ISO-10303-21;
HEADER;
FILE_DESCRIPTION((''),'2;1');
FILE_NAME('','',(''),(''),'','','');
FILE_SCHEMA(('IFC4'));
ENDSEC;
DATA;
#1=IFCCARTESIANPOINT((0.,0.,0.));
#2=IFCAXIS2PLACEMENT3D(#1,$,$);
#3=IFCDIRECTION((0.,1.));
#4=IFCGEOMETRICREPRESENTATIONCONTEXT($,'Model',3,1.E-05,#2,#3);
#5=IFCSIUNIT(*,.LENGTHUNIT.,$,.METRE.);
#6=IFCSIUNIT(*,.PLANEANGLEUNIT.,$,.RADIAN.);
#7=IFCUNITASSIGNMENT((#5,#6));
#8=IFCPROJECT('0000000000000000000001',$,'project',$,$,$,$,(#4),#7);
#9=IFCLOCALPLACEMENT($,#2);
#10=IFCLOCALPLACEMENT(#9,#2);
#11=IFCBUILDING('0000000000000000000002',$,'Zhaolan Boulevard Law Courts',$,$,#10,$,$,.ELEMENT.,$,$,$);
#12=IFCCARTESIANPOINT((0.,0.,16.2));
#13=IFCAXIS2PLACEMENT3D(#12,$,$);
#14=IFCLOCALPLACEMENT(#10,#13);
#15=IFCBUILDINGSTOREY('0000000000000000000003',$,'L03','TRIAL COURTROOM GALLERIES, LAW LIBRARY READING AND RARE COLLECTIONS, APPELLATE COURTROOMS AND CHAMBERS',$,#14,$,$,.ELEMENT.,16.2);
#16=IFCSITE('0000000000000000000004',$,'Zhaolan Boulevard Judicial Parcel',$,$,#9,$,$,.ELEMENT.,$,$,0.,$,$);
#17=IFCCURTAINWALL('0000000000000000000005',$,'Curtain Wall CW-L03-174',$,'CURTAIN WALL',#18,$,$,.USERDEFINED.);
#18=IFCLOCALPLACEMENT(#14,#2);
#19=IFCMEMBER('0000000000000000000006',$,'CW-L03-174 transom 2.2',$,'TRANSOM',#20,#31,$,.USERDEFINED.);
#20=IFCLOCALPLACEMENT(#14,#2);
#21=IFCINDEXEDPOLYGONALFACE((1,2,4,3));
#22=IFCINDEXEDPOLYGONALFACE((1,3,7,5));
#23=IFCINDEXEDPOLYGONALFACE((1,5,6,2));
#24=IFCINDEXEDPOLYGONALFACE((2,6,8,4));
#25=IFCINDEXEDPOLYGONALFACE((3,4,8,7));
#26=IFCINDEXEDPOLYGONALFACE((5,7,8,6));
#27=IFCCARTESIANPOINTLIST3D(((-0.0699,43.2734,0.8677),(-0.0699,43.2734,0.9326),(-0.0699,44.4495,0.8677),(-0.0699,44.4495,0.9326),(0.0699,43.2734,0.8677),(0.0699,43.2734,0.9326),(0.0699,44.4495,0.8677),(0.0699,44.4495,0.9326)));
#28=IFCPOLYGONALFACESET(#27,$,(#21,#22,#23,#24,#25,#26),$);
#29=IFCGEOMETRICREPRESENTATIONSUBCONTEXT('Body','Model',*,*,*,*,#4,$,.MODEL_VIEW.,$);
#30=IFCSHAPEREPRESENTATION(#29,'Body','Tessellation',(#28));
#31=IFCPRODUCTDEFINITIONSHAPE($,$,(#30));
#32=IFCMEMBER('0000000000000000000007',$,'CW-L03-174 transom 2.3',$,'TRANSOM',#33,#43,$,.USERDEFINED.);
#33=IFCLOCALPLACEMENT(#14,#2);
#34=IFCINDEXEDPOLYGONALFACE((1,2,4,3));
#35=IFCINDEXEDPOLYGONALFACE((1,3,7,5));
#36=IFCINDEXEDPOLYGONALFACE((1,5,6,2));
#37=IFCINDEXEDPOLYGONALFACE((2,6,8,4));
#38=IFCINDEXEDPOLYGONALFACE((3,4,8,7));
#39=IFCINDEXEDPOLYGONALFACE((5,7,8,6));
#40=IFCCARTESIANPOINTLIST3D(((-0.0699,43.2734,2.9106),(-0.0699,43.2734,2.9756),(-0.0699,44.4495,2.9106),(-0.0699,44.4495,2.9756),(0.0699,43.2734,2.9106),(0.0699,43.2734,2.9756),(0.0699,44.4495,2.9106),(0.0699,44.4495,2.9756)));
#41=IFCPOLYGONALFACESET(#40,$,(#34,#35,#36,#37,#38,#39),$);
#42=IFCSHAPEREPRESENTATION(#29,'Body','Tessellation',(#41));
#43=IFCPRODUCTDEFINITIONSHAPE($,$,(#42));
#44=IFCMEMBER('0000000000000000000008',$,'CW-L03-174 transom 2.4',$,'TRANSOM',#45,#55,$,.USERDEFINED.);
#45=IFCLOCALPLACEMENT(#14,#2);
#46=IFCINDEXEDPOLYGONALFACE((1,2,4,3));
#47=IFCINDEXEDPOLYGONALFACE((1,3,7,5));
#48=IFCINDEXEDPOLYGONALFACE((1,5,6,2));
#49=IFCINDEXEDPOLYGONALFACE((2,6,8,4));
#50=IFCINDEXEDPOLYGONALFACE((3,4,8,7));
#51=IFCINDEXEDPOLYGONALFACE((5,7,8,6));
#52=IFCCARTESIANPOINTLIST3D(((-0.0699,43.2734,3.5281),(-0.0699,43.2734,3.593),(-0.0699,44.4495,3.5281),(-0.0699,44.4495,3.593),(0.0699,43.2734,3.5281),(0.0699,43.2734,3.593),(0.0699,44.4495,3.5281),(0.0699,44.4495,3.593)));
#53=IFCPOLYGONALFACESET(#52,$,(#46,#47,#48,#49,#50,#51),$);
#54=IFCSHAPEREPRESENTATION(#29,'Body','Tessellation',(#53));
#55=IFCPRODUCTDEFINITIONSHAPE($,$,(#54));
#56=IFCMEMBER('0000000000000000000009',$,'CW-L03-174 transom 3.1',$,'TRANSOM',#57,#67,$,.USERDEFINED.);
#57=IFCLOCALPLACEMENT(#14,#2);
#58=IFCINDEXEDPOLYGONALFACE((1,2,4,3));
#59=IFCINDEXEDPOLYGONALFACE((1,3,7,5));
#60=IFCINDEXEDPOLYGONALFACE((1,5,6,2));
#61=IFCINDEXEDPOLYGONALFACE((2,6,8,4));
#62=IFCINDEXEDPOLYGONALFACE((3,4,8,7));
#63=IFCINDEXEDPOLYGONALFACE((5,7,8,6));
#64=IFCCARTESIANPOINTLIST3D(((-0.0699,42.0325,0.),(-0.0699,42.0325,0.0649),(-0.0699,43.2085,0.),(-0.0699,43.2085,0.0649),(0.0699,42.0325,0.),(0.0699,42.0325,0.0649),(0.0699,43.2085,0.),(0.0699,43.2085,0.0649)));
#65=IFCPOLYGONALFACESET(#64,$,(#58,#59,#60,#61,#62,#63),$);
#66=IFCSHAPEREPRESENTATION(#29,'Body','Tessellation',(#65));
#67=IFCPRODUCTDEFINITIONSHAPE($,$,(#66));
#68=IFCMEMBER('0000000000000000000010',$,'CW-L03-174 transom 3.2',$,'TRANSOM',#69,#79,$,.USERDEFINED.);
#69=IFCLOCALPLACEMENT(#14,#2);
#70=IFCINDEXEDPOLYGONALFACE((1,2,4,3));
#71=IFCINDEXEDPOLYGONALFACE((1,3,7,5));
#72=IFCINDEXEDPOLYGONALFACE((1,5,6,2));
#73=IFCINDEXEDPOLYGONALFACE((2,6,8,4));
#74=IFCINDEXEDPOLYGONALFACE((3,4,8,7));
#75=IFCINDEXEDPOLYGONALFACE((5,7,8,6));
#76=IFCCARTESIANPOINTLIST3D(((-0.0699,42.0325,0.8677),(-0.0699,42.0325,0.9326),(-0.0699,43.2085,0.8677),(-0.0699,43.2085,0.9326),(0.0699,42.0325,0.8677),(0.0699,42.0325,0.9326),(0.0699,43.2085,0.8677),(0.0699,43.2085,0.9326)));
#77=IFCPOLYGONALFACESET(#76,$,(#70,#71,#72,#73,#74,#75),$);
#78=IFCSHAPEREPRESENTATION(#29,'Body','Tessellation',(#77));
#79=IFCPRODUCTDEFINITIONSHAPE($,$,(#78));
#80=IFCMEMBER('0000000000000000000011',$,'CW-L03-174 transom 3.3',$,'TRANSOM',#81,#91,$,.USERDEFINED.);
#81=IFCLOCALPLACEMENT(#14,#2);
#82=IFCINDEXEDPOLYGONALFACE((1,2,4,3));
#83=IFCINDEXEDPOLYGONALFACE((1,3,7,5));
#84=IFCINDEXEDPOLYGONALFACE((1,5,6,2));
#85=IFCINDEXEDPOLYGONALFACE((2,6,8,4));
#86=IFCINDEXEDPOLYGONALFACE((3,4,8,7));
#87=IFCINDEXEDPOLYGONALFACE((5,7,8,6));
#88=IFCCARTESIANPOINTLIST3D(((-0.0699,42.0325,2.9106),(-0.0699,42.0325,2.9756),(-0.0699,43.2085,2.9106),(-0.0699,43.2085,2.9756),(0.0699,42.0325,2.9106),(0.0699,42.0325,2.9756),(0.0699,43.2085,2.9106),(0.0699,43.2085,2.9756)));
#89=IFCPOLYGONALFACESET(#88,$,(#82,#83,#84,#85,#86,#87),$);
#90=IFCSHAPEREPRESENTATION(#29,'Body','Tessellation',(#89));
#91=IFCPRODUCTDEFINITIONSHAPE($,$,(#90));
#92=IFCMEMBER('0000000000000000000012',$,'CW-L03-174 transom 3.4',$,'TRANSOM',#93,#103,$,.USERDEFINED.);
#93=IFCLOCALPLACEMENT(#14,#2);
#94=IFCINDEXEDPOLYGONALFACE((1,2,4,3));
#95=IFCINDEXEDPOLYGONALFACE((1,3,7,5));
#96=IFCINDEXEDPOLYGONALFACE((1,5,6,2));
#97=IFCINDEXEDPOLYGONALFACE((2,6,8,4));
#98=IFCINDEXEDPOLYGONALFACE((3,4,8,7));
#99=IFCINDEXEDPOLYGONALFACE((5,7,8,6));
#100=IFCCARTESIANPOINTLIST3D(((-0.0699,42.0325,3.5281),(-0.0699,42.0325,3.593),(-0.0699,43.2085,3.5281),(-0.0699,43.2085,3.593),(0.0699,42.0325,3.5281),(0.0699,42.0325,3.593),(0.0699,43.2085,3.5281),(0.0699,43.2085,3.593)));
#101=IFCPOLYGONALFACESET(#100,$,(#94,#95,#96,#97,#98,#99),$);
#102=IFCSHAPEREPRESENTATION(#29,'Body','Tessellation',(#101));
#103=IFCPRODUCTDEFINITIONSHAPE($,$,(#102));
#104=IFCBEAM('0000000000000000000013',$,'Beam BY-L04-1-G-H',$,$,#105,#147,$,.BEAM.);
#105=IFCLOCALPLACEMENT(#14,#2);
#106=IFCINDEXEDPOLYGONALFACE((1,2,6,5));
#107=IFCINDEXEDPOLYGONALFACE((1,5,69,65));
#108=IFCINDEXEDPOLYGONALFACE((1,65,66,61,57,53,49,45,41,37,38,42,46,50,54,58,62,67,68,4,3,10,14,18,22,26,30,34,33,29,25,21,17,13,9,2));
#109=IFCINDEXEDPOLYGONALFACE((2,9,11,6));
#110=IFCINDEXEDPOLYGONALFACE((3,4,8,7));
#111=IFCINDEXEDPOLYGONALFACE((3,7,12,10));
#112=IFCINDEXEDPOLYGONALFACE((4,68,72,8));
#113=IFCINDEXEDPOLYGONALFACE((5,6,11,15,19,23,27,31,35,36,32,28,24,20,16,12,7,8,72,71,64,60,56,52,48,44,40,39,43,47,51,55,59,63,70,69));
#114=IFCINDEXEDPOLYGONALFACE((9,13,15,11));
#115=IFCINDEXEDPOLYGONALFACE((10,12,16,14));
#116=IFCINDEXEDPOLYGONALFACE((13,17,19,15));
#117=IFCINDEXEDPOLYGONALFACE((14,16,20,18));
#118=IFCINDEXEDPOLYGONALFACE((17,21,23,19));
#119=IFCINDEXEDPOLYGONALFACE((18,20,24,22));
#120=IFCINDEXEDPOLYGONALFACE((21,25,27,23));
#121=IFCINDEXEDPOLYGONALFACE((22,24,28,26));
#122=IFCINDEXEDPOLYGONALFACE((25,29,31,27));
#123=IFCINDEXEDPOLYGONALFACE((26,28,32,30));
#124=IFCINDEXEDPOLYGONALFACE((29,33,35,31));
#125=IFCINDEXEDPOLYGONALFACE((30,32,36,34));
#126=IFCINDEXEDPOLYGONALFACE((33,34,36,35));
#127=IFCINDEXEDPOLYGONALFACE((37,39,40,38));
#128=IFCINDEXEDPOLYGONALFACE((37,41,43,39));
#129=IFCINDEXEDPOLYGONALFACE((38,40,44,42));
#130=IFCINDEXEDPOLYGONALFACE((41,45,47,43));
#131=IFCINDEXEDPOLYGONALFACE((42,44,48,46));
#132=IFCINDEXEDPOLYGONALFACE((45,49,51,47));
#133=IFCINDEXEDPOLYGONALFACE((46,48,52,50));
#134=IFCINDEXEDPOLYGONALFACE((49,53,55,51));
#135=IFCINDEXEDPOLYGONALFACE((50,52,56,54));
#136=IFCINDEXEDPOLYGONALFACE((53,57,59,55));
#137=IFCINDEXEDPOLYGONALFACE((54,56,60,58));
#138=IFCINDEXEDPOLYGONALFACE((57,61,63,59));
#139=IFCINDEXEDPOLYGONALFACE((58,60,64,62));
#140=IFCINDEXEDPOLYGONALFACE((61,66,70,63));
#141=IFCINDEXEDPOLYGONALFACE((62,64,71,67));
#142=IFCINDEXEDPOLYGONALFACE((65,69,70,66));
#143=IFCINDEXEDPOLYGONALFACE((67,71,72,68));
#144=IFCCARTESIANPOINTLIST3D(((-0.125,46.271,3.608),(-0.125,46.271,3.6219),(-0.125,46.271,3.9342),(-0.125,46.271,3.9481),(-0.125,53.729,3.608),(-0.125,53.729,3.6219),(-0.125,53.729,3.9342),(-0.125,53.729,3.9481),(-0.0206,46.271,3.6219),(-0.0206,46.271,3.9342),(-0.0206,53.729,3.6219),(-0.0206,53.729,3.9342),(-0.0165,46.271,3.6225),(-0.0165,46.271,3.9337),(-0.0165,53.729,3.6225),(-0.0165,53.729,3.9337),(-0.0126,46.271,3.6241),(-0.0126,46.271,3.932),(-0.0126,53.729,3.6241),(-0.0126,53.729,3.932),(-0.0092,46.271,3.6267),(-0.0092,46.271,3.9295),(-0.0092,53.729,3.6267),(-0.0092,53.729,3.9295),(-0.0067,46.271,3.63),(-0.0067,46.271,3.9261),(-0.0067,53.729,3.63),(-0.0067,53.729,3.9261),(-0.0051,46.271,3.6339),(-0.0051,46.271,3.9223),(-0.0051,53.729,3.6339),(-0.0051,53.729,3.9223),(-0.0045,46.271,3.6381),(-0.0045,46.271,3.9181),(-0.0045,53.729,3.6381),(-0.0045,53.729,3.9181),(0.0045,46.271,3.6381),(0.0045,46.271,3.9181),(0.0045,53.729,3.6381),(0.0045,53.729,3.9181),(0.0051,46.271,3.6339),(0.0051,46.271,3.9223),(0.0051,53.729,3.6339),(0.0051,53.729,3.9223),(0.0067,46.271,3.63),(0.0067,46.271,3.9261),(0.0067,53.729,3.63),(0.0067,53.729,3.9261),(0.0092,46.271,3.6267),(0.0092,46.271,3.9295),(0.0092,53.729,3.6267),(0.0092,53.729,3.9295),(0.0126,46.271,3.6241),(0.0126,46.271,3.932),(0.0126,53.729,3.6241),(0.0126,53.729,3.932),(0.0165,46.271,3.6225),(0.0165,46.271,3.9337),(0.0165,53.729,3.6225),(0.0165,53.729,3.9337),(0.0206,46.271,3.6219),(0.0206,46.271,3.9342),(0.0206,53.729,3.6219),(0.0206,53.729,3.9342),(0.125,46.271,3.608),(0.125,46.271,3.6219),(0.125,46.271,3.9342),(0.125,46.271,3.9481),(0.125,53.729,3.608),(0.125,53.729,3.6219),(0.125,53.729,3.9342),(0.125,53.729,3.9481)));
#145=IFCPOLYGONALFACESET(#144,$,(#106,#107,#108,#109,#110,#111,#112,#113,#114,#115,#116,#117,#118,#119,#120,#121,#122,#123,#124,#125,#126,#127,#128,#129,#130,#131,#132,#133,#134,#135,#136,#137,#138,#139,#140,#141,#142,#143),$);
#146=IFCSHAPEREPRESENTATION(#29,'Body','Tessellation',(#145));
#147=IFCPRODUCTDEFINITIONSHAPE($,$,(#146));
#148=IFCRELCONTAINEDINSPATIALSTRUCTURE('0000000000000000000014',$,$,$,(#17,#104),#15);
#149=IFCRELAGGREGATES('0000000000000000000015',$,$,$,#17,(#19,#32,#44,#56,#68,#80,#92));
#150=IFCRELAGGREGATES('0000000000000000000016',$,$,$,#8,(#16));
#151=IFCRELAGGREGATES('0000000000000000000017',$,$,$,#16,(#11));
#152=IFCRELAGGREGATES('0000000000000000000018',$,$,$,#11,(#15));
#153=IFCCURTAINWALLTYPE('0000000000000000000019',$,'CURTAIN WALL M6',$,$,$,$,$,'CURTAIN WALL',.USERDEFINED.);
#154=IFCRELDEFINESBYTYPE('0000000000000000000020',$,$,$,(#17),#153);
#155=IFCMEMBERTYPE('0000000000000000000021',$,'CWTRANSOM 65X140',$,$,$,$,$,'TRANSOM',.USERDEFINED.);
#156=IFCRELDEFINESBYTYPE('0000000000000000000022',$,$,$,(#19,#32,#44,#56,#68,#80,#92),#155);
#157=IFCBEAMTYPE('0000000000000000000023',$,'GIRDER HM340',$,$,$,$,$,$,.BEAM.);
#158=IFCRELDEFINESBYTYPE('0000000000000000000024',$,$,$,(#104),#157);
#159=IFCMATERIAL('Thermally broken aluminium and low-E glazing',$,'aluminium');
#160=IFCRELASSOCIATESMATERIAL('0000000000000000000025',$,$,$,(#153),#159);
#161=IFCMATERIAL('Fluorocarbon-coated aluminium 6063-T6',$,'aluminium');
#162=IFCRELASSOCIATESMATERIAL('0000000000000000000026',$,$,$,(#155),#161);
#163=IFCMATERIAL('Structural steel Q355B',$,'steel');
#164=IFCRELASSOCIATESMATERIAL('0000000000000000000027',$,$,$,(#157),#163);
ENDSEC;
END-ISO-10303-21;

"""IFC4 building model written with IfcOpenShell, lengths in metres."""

from ifc_helpers import new_model, si_unit, direction, frame, origin, origin_2d, place, context, subcontext, project, spatial, rectangle, i_section, extrude, material, material_profile, profile_set, type_object, element, aggregate, save


model = new_model("IFC4")

# Units and contexts
model_context = context("Model", 3, precision=1e-05, world=origin(), true_north=direction((0.0, 1.0)))
body_context = subcontext(model_context, "Body", "Model", "MODEL_VIEW")
ifc_project = project(units=[si_unit("LENGTHUNIT", "METRE"), si_unit("PLANEANGLEUNIT", "RADIAN")], contexts=[model_context])

# Site, building, storey
site_placement = place(None, origin())
site = spatial("IfcSite", under=ifc_project, at=site_placement, Name="Zhaolan Boulevard Judicial Parcel", CompositionType="ELEMENT", RefElevation=0.0)
building_placement = place(site_placement, origin())
building = spatial("IfcBuilding", under=site, at=building_placement, Name="Zhaolan Boulevard Law Courts", CompositionType="ELEMENT")
storey_placement = place(building_placement, frame((0.0, 0.0, 16.2)))
storey = spatial("IfcBuildingStorey", under=building, at=storey_placement, Name="L03", Description="TRIAL COURTROOM GALLERIES, LAW LIBRARY READING AND RARE COLLECTIONS, APPELLATE COURTROOMS AND CHAMBERS", CompositionType="ELEMENT", Elevation=16.2)

# Curtain wall
ifc_material_1 = material(Name="Thermally broken aluminium and low-E glazing", Category="aluminium")
curtain_wall_type_1 = type_object("IfcCurtainWallType", Name="CURTAIN WALL M6", ElementType="CURTAIN WALL", PredefinedType="USERDEFINED", material=ifc_material_1)
curtain_wall_1_placement = place(storey_placement, origin())
curtain_wall_1 = element("IfcCurtainWall", 1, at=curtain_wall_1_placement, inside=storey, type_object=curtain_wall_type_1, Name="Curtain Wall CW-L03-174", ObjectType="CURTAIN WALL", PredefinedType="USERDEFINED")

# Members
ifc_material_2 = material(Name="Fluorocarbon-coated aluminium 6063-T6", Category="aluminium")
ifc_material_profile_1 = material_profile(ifc_material_2, rectangle(XDim=0.1399, YDim=0.0649, at=origin_2d()), Name="AL65x140")
ifc_profile_set_1 = profile_set([ifc_material_profile_1], Name="Fluorocarbon-coated aluminium 6063-T6")
member_type_1 = type_object("IfcMemberType", Name="CWTRANSOM 65X140", ElementType="TRANSOM", PredefinedType="USERDEFINED", material=ifc_profile_set_1)
member_1_placement = place(storey_placement, frame((0.0, 44.4495, 0.9001), z_axis=(0.0, -1.0, 0.0), x_axis=(1.0, 0.0, 0.0)))
member_1 = element("IfcMember", 2, at=member_1_placement, type_object=member_type_1, Name="CW-L03-174 transom 2.2", ObjectType="TRANSOM", PredefinedType="USERDEFINED", context=body_context, shape_type="SweptSolid", body=[
    extrude(rectangle(XDim=0.1399, YDim=0.0649, at=origin_2d()), origin(), (0.0, 0.0, 1.0), 1.176),
])
member_2_placement = place(storey_placement, frame((0.0, 44.4495, 2.9431), z_axis=(0.0, -1.0, 0.0), x_axis=(1.0, 0.0, 0.0)))
member_2 = element("IfcMember", 3, at=member_2_placement, type_object=member_type_1, Name="CW-L03-174 transom 2.3", ObjectType="TRANSOM", PredefinedType="USERDEFINED", context=body_context, shape_type="SweptSolid", body=[
    extrude(rectangle(XDim=0.1399, YDim=0.0649, at=origin_2d()), origin(), (0.0, 0.0, 1.0), 1.176),
])
member_3_placement = place(storey_placement, frame((0.0, 44.4495, 3.5605), z_axis=(0.0, -1.0, 0.0), x_axis=(1.0, 0.0, 0.0)))
member_3 = element("IfcMember", 4, at=member_3_placement, type_object=member_type_1, Name="CW-L03-174 transom 2.4", ObjectType="TRANSOM", PredefinedType="USERDEFINED", context=body_context, shape_type="SweptSolid", body=[
    extrude(rectangle(XDim=0.1399, YDim=0.0649, at=origin_2d()), origin(), (0.0, 0.0, 1.0), 1.176),
])
member_4_placement = place(storey_placement, frame((0.0, 43.2085, 0.0325), z_axis=(0.0, -1.0, 0.0), x_axis=(1.0, 0.0, 0.0)))
member_4 = element("IfcMember", 5, at=member_4_placement, type_object=member_type_1, Name="CW-L03-174 transom 3.1", ObjectType="TRANSOM", PredefinedType="USERDEFINED", context=body_context, shape_type="SweptSolid", body=[
    extrude(rectangle(XDim=0.1399, YDim=0.0649, at=origin_2d()), origin(), (0.0, 0.0, 1.0), 1.176),
])
member_5_placement = place(storey_placement, frame((0.0, 43.2085, 0.9001), z_axis=(0.0, -1.0, 0.0), x_axis=(1.0, 0.0, 0.0)))
member_5 = element("IfcMember", 6, at=member_5_placement, type_object=member_type_1, Name="CW-L03-174 transom 3.2", ObjectType="TRANSOM", PredefinedType="USERDEFINED", context=body_context, shape_type="SweptSolid", body=[
    extrude(rectangle(XDim=0.1399, YDim=0.0649, at=origin_2d()), origin(), (0.0, 0.0, 1.0), 1.176),
])
member_6_placement = place(storey_placement, frame((0.0, 43.2085, 2.9431), z_axis=(0.0, -1.0, 0.0), x_axis=(1.0, 0.0, 0.0)))
member_6 = element("IfcMember", 7, at=member_6_placement, type_object=member_type_1, Name="CW-L03-174 transom 3.3", ObjectType="TRANSOM", PredefinedType="USERDEFINED", context=body_context, shape_type="SweptSolid", body=[
    extrude(rectangle(XDim=0.1399, YDim=0.0649, at=origin_2d()), origin(), (0.0, 0.0, 1.0), 1.176),
])
member_7_placement = place(storey_placement, frame((0.0, 43.2085, 3.5605), z_axis=(0.0, -1.0, 0.0), x_axis=(1.0, 0.0, 0.0)))
member_7 = element("IfcMember", 8, at=member_7_placement, type_object=member_type_1, Name="CW-L03-174 transom 3.4", ObjectType="TRANSOM", PredefinedType="USERDEFINED", context=body_context, shape_type="SweptSolid", body=[
    extrude(rectangle(XDim=0.1399, YDim=0.0649, at=origin_2d()), origin(), (0.0, 0.0, 1.0), 1.176),
])

# Beam
ifc_material_3 = material(Name="Structural steel Q355B", Category="steel")
ifc_material_profile_2 = material_profile(ifc_material_3, i_section(OverallWidth=0.25, OverallDepth=0.3401, WebThickness=0.009, FlangeThickness=0.0139, FilletRadius=0.0161, at=origin_2d()), Name="HM340x250")
ifc_profile_set_2 = profile_set([ifc_material_profile_2], Name="Structural steel Q355B")
beam_type_1 = type_object("IfcBeamType", Name="GIRDER HM340", PredefinedType="BEAM", material=ifc_profile_set_2)
beam_1_placement = place(storey_placement, frame((0.0, 46.271, 3.7781), z_axis=(0.0, 1.0, 0.0), x_axis=(-1.0, 0.0, 0.0)))
element("IfcBeam", 9, at=beam_1_placement, inside=storey, type_object=beam_type_1, Name="Beam BY-L04-1-G-H", PredefinedType="BEAM", context=body_context, shape_type="SweptSolid", body=[
    extrude(i_section(OverallWidth=0.25, OverallDepth=0.3401, WebThickness=0.009, FlangeThickness=0.0139, FilletRadius=0.0161, at=origin_2d()), origin(), (0.0, 0.0, 1.0), 7.458),
])

aggregate(curtain_wall_1, [member_1, member_2, member_3, member_4, member_5, member_6, member_7])

save(model, "model.ifc")
